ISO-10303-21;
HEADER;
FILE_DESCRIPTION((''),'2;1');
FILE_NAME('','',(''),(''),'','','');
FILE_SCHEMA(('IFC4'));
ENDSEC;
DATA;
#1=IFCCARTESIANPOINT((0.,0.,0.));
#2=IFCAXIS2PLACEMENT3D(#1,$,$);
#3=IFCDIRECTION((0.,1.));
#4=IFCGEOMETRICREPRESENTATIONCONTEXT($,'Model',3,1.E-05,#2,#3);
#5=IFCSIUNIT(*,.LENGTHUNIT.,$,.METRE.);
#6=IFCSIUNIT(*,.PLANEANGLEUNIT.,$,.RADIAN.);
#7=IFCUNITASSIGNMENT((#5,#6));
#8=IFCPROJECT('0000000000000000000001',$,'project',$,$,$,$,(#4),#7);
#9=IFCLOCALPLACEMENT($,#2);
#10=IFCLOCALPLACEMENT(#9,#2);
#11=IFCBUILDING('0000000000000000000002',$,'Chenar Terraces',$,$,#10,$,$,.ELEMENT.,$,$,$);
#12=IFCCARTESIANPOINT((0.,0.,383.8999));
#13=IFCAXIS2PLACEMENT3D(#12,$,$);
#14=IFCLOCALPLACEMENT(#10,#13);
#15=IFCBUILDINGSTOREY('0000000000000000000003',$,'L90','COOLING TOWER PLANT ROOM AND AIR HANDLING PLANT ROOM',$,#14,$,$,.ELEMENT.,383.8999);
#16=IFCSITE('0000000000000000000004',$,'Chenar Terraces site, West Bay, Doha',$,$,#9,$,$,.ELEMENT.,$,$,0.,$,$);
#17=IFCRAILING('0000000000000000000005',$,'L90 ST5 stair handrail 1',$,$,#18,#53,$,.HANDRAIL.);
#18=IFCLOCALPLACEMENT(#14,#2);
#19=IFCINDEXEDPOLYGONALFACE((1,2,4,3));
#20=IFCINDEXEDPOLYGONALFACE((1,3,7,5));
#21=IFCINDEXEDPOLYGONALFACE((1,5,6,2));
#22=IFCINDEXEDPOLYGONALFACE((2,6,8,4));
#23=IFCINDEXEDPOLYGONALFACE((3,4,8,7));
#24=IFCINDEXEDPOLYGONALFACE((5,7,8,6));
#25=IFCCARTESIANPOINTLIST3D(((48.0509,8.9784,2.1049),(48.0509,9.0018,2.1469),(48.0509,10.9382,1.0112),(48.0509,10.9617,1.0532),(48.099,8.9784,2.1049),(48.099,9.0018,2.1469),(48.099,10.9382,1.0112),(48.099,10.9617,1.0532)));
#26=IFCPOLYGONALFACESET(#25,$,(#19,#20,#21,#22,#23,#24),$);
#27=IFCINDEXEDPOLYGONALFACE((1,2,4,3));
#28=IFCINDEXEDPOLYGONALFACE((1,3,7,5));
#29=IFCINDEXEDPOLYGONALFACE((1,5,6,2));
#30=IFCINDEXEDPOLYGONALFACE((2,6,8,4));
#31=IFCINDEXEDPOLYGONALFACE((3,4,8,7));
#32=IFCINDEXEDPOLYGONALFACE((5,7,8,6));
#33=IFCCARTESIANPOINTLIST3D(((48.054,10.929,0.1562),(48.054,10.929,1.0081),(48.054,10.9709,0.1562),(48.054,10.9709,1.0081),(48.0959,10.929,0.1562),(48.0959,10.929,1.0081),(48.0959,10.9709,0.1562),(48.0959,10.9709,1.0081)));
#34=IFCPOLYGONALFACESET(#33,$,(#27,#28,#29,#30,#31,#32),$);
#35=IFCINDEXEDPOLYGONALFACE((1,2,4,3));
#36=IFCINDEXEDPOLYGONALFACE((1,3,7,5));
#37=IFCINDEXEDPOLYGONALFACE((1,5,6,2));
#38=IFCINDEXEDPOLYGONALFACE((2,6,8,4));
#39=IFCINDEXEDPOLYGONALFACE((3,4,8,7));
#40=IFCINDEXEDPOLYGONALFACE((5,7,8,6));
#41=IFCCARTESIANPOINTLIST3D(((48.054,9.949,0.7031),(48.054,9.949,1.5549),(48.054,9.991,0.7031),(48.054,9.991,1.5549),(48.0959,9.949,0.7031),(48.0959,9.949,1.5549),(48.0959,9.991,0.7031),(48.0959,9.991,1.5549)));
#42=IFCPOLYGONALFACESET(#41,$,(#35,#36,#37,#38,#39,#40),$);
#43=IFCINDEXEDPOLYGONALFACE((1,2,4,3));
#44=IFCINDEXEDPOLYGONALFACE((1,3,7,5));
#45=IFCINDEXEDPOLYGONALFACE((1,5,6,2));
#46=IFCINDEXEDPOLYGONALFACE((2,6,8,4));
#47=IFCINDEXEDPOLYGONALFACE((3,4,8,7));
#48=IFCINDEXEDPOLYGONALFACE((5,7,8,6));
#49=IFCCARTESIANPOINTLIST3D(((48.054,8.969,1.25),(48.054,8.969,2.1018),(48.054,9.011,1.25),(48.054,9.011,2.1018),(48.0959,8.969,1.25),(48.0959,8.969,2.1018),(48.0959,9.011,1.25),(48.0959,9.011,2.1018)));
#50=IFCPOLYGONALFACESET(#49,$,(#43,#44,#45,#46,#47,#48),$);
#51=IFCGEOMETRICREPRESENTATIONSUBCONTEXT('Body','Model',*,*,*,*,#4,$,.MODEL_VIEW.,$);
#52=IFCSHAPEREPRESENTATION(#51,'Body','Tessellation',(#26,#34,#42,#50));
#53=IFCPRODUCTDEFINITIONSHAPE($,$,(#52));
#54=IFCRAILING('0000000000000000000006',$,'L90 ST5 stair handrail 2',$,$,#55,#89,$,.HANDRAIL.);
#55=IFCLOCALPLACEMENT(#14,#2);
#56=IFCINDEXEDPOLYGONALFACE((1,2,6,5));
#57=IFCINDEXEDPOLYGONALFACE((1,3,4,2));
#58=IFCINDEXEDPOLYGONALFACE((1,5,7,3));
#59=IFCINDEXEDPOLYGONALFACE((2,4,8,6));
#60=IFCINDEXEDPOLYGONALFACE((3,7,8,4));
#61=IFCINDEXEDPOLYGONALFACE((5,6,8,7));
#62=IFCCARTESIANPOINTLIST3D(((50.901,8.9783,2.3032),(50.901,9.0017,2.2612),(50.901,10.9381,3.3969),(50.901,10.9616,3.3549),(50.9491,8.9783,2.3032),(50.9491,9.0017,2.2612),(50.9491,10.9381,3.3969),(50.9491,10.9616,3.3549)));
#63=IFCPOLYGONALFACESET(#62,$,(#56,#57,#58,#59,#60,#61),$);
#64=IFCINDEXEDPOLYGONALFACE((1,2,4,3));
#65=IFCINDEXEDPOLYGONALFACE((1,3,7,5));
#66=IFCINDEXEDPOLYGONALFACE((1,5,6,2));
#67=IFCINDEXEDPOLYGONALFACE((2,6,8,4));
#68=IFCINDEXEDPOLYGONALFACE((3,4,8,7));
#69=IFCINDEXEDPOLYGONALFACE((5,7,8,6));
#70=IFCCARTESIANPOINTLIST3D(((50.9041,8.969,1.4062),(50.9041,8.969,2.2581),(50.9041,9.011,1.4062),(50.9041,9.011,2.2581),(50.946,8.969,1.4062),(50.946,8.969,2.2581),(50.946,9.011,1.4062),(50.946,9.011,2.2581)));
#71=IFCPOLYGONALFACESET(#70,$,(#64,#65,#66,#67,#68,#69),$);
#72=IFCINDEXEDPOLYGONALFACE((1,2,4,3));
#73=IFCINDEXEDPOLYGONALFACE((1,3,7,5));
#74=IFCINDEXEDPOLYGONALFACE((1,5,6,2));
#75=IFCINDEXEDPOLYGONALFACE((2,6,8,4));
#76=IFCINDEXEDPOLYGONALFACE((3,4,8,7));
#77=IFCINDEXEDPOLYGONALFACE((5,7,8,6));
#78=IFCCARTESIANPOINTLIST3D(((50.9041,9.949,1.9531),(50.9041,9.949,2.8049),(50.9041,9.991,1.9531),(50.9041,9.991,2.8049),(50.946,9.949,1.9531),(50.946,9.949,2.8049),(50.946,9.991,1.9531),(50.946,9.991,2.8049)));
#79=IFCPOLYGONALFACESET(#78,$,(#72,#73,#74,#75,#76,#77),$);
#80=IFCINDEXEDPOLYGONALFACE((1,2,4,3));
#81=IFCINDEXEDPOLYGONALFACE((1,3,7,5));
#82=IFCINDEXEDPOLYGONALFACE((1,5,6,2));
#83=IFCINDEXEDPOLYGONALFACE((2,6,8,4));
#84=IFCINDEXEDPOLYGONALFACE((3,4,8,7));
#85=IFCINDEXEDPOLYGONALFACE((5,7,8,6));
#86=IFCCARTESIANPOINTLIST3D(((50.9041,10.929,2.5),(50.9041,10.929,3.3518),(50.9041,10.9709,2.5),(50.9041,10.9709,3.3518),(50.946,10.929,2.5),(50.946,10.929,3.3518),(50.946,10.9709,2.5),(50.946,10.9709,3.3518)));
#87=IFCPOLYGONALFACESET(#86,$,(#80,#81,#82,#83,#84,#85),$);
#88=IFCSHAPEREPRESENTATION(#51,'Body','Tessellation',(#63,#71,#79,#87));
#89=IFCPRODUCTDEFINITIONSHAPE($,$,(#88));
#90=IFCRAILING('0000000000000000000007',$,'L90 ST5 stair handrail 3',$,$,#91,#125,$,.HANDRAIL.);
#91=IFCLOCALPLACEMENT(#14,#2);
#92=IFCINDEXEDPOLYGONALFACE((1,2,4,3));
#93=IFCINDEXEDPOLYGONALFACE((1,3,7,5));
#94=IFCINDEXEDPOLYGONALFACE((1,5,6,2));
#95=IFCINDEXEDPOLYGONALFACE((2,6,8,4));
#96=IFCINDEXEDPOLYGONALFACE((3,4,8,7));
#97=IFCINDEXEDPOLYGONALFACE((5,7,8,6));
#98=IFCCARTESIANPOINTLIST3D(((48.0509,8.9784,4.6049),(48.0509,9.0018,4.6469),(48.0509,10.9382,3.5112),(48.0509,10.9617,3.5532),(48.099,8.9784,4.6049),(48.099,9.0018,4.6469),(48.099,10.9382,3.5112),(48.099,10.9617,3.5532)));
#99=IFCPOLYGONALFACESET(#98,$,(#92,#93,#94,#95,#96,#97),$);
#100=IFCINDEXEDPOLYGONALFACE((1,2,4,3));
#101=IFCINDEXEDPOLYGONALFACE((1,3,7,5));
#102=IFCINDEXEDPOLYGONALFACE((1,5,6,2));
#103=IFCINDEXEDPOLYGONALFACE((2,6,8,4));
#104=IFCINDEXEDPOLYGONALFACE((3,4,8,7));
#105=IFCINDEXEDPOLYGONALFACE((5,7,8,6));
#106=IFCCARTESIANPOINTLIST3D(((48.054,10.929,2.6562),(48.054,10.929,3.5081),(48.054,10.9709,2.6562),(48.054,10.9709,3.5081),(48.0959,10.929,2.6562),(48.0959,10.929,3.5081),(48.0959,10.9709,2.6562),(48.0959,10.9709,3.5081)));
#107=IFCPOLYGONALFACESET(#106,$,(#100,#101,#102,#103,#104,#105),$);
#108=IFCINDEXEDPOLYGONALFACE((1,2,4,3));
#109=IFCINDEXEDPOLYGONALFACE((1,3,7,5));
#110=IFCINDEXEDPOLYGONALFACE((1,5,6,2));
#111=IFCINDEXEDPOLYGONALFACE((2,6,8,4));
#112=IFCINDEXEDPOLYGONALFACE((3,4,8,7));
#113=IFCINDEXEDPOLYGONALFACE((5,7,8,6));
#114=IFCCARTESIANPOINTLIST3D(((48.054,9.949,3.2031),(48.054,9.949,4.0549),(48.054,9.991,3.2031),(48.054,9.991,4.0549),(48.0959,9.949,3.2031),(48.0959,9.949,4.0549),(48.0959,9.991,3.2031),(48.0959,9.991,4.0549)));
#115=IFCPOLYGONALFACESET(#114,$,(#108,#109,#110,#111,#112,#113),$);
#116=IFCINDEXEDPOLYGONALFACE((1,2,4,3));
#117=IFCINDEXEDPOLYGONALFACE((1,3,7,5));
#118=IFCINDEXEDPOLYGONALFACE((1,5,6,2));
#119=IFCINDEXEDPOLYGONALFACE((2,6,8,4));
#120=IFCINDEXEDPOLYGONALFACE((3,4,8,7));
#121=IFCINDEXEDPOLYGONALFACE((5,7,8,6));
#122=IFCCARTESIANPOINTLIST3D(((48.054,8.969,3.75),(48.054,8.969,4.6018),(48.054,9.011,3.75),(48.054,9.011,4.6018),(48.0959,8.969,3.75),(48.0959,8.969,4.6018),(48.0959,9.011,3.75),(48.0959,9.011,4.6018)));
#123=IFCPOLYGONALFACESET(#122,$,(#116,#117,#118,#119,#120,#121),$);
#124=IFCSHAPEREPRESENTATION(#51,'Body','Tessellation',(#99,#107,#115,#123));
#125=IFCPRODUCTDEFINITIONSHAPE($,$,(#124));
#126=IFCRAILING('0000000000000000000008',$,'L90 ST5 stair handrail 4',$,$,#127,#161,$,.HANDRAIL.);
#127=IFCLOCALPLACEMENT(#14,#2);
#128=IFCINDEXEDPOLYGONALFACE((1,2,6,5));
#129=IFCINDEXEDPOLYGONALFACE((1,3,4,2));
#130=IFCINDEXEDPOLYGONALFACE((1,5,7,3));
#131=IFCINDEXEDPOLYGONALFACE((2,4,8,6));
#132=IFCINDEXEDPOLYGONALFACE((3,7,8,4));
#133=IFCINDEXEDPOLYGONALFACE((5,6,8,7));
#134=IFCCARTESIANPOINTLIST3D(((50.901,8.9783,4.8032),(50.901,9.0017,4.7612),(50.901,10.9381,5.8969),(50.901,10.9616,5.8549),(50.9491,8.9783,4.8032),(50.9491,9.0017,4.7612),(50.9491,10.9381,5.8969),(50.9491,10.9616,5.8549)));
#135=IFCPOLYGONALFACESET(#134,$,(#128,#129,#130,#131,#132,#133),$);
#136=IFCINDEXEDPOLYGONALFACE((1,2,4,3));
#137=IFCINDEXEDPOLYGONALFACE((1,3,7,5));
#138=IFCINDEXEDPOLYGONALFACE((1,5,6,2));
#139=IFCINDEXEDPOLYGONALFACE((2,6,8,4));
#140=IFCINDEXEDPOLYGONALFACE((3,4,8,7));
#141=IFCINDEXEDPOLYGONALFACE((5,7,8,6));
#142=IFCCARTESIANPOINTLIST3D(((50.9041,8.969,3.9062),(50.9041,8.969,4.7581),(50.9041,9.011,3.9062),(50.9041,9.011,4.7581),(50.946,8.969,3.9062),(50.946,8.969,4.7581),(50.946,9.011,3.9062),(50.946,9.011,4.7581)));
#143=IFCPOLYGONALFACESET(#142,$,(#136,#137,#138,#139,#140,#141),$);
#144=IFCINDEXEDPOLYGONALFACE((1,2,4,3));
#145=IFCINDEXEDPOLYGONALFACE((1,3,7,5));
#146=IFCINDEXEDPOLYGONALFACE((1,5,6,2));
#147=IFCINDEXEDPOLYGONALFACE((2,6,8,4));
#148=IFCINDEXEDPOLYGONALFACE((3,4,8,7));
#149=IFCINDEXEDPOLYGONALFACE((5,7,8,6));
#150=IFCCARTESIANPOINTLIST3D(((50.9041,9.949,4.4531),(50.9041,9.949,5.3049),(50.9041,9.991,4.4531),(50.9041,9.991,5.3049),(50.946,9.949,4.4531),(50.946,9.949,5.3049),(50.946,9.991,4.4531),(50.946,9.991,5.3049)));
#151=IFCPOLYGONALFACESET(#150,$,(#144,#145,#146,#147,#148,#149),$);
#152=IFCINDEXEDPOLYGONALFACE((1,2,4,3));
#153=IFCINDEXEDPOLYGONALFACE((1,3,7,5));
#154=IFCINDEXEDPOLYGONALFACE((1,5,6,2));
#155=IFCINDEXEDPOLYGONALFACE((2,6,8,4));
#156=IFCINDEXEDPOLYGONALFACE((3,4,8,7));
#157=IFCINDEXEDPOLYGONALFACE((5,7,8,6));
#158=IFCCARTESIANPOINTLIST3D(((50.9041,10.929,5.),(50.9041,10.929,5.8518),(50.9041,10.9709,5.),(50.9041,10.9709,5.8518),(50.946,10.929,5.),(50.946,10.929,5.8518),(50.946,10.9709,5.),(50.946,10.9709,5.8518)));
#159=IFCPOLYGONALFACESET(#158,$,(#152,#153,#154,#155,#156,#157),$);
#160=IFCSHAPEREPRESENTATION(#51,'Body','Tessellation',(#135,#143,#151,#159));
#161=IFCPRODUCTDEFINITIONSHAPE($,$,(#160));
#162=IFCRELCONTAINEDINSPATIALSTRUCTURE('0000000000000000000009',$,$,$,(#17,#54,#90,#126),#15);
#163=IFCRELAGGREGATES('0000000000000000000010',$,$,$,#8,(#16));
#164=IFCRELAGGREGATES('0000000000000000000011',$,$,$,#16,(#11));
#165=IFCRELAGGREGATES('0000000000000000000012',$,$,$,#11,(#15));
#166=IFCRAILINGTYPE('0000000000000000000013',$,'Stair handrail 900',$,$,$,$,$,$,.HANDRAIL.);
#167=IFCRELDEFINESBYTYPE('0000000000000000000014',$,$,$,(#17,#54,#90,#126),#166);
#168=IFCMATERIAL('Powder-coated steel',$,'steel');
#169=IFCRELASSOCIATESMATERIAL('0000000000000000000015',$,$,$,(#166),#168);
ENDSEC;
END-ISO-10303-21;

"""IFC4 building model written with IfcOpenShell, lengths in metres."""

from ifc_helpers import new_model, si_unit, direction, frame, origin, origin_2d, place, context, subcontext, project, spatial, rectangle, extrude, material, type_object, element, save


model = new_model("IFC4")

# Units and contexts
model_context = context("Model", 3, precision=1e-05, world=origin(), true_north=direction((0.0, 1.0)))
body_context = subcontext(model_context, "Body", "Model", "MODEL_VIEW")
ifc_project = project(units=[si_unit("LENGTHUNIT", "METRE"), si_unit("PLANEANGLEUNIT", "RADIAN")], contexts=[model_context])

# Site, building, storey
site_placement = place(None, origin())
site = spatial("IfcSite", under=ifc_project, at=site_placement, Name="Chenar Terraces site, West Bay, Doha", CompositionType="ELEMENT", RefElevation=0.0)
building_placement = place(site_placement, origin())
building = spatial("IfcBuilding", under=site, at=building_placement, Name="Chenar Terraces", CompositionType="ELEMENT")
storey_placement = place(building_placement, frame((0.0, 0.0, 383.8999)))
storey = spatial("IfcBuildingStorey", under=building, at=storey_placement, Name="L90", Description="COOLING TOWER PLANT ROOM AND AIR HANDLING PLANT ROOM", CompositionType="ELEMENT", Elevation=383.8999)

# Railings
ifc_material_1 = material(Name="Powder-coated steel", Category="steel")
railing_type = type_object("IfcRailingType", Name="Stair handrail 900", PredefinedType="HANDRAIL", material=ifc_material_1)
railing_1_placement = place(storey_placement, frame((48.075, 10.95, 0.1562)))
element("IfcRailing", 1, at=railing_1_placement, inside=storey, type_object=railing_type, Name="L90 ST5 stair handrail 1", PredefinedType="HANDRAIL", context=body_context, shape_type="SweptSolid", body=[
    extrude(rectangle(XDim=0.0481, YDim=0.0481, at=origin_2d()), frame((0.0, 0.0, 0.876), z_axis=(0.0, -0.873232, 0.487304), x_axis=(1.0, 0.0, 0.0)), (0.0, 0.0, 1.0), 2.2444),
    extrude(rectangle(XDim=0.042, YDim=0.042, at=origin_2d()), origin(), (0.0, 0.0, 1.0), 0.8518),
    extrude(rectangle(XDim=0.042, YDim=0.042, at=origin_2d()), frame((0.0, -0.98, 0.5469)), (0.0, 0.0, 1.0), 0.8518),
    extrude(rectangle(XDim=0.042, YDim=0.042, at=origin_2d()), frame((0.0, -1.96, 1.0938)), (0.0, 0.0, 1.0), 0.8518),
])
railing_2_placement = place(storey_placement, frame((50.925, 8.99, 1.4062)))
element("IfcRailing", 2, at=railing_2_placement, inside=storey, type_object=railing_type, Name="L90 ST5 stair handrail 2", PredefinedType="HANDRAIL", context=body_context, shape_type="SweptSolid", body=[
    extrude(rectangle(XDim=0.0481, YDim=0.0481, at=origin_2d()), frame((0.0, 0.0, 0.876), z_axis=(0.0, 0.873232, 0.487304), x_axis=(-1.0, 0.0, 0.0)), (0.0, 0.0, 1.0), 2.2444),
    extrude(rectangle(XDim=0.042, YDim=0.042, at=origin_2d()), origin(), (0.0, 0.0, 1.0), 0.8518),
    extrude(rectangle(XDim=0.042, YDim=0.042, at=origin_2d()), frame((0.0, 0.98, 0.5469)), (0.0, 0.0, 1.0), 0.8518),
    extrude(rectangle(XDim=0.042, YDim=0.042, at=origin_2d()), frame((0.0, 1.96, 1.0938)), (0.0, 0.0, 1.0), 0.8518),
])
railing_3_placement = place(storey_placement, frame((48.075, 10.95, 2.6562)))
element("IfcRailing", 3, at=railing_3_placement, inside=storey, type_object=railing_type, Name="L90 ST5 stair handrail 3", PredefinedType="HANDRAIL", context=body_context, shape_type="SweptSolid", body=[
    extrude(rectangle(XDim=0.0481, YDim=0.0481, at=origin_2d()), frame((0.0, 0.0, 0.876), z_axis=(0.0, -0.873232, 0.487304), x_axis=(1.0, 0.0, 0.0)), (0.0, 0.0, 1.0), 2.2444),
    extrude(rectangle(XDim=0.042, YDim=0.042, at=origin_2d()), origin(), (0.0, 0.0, 1.0), 0.8518),
    extrude(rectangle(XDim=0.042, YDim=0.042, at=origin_2d()), frame((0.0, -0.98, 0.5469)), (0.0, 0.0, 1.0), 0.8518),
    extrude(rectangle(XDim=0.042, YDim=0.042, at=origin_2d()), frame((0.0, -1.96, 1.0938)), (0.0, 0.0, 1.0), 0.8518),
])
railing_4_placement = place(storey_placement, frame((50.925, 8.99, 3.9062)))
element("IfcRailing", 4, at=railing_4_placement, inside=storey, type_object=railing_type, Name="L90 ST5 stair handrail 4", PredefinedType="HANDRAIL", context=body_context, shape_type="SweptSolid", body=[
    extrude(rectangle(XDim=0.0481, YDim=0.0481, at=origin_2d()), frame((0.0, 0.0, 0.876), z_axis=(0.0, 0.873232, 0.487304), x_axis=(-1.0, 0.0, 0.0)), (0.0, 0.0, 1.0), 2.2444),
    extrude(rectangle(XDim=0.042, YDim=0.042, at=origin_2d()), origin(), (0.0, 0.0, 1.0), 0.8518),
    extrude(rectangle(XDim=0.042, YDim=0.042, at=origin_2d()), frame((0.0, 0.98, 0.5469)), (0.0, 0.0, 1.0), 0.8518),
    extrude(rectangle(XDim=0.042, YDim=0.042, at=origin_2d()), frame((0.0, 1.96, 1.0938)), (0.0, 0.0, 1.0), 0.8518),
])

save(model, "model.ifc")
